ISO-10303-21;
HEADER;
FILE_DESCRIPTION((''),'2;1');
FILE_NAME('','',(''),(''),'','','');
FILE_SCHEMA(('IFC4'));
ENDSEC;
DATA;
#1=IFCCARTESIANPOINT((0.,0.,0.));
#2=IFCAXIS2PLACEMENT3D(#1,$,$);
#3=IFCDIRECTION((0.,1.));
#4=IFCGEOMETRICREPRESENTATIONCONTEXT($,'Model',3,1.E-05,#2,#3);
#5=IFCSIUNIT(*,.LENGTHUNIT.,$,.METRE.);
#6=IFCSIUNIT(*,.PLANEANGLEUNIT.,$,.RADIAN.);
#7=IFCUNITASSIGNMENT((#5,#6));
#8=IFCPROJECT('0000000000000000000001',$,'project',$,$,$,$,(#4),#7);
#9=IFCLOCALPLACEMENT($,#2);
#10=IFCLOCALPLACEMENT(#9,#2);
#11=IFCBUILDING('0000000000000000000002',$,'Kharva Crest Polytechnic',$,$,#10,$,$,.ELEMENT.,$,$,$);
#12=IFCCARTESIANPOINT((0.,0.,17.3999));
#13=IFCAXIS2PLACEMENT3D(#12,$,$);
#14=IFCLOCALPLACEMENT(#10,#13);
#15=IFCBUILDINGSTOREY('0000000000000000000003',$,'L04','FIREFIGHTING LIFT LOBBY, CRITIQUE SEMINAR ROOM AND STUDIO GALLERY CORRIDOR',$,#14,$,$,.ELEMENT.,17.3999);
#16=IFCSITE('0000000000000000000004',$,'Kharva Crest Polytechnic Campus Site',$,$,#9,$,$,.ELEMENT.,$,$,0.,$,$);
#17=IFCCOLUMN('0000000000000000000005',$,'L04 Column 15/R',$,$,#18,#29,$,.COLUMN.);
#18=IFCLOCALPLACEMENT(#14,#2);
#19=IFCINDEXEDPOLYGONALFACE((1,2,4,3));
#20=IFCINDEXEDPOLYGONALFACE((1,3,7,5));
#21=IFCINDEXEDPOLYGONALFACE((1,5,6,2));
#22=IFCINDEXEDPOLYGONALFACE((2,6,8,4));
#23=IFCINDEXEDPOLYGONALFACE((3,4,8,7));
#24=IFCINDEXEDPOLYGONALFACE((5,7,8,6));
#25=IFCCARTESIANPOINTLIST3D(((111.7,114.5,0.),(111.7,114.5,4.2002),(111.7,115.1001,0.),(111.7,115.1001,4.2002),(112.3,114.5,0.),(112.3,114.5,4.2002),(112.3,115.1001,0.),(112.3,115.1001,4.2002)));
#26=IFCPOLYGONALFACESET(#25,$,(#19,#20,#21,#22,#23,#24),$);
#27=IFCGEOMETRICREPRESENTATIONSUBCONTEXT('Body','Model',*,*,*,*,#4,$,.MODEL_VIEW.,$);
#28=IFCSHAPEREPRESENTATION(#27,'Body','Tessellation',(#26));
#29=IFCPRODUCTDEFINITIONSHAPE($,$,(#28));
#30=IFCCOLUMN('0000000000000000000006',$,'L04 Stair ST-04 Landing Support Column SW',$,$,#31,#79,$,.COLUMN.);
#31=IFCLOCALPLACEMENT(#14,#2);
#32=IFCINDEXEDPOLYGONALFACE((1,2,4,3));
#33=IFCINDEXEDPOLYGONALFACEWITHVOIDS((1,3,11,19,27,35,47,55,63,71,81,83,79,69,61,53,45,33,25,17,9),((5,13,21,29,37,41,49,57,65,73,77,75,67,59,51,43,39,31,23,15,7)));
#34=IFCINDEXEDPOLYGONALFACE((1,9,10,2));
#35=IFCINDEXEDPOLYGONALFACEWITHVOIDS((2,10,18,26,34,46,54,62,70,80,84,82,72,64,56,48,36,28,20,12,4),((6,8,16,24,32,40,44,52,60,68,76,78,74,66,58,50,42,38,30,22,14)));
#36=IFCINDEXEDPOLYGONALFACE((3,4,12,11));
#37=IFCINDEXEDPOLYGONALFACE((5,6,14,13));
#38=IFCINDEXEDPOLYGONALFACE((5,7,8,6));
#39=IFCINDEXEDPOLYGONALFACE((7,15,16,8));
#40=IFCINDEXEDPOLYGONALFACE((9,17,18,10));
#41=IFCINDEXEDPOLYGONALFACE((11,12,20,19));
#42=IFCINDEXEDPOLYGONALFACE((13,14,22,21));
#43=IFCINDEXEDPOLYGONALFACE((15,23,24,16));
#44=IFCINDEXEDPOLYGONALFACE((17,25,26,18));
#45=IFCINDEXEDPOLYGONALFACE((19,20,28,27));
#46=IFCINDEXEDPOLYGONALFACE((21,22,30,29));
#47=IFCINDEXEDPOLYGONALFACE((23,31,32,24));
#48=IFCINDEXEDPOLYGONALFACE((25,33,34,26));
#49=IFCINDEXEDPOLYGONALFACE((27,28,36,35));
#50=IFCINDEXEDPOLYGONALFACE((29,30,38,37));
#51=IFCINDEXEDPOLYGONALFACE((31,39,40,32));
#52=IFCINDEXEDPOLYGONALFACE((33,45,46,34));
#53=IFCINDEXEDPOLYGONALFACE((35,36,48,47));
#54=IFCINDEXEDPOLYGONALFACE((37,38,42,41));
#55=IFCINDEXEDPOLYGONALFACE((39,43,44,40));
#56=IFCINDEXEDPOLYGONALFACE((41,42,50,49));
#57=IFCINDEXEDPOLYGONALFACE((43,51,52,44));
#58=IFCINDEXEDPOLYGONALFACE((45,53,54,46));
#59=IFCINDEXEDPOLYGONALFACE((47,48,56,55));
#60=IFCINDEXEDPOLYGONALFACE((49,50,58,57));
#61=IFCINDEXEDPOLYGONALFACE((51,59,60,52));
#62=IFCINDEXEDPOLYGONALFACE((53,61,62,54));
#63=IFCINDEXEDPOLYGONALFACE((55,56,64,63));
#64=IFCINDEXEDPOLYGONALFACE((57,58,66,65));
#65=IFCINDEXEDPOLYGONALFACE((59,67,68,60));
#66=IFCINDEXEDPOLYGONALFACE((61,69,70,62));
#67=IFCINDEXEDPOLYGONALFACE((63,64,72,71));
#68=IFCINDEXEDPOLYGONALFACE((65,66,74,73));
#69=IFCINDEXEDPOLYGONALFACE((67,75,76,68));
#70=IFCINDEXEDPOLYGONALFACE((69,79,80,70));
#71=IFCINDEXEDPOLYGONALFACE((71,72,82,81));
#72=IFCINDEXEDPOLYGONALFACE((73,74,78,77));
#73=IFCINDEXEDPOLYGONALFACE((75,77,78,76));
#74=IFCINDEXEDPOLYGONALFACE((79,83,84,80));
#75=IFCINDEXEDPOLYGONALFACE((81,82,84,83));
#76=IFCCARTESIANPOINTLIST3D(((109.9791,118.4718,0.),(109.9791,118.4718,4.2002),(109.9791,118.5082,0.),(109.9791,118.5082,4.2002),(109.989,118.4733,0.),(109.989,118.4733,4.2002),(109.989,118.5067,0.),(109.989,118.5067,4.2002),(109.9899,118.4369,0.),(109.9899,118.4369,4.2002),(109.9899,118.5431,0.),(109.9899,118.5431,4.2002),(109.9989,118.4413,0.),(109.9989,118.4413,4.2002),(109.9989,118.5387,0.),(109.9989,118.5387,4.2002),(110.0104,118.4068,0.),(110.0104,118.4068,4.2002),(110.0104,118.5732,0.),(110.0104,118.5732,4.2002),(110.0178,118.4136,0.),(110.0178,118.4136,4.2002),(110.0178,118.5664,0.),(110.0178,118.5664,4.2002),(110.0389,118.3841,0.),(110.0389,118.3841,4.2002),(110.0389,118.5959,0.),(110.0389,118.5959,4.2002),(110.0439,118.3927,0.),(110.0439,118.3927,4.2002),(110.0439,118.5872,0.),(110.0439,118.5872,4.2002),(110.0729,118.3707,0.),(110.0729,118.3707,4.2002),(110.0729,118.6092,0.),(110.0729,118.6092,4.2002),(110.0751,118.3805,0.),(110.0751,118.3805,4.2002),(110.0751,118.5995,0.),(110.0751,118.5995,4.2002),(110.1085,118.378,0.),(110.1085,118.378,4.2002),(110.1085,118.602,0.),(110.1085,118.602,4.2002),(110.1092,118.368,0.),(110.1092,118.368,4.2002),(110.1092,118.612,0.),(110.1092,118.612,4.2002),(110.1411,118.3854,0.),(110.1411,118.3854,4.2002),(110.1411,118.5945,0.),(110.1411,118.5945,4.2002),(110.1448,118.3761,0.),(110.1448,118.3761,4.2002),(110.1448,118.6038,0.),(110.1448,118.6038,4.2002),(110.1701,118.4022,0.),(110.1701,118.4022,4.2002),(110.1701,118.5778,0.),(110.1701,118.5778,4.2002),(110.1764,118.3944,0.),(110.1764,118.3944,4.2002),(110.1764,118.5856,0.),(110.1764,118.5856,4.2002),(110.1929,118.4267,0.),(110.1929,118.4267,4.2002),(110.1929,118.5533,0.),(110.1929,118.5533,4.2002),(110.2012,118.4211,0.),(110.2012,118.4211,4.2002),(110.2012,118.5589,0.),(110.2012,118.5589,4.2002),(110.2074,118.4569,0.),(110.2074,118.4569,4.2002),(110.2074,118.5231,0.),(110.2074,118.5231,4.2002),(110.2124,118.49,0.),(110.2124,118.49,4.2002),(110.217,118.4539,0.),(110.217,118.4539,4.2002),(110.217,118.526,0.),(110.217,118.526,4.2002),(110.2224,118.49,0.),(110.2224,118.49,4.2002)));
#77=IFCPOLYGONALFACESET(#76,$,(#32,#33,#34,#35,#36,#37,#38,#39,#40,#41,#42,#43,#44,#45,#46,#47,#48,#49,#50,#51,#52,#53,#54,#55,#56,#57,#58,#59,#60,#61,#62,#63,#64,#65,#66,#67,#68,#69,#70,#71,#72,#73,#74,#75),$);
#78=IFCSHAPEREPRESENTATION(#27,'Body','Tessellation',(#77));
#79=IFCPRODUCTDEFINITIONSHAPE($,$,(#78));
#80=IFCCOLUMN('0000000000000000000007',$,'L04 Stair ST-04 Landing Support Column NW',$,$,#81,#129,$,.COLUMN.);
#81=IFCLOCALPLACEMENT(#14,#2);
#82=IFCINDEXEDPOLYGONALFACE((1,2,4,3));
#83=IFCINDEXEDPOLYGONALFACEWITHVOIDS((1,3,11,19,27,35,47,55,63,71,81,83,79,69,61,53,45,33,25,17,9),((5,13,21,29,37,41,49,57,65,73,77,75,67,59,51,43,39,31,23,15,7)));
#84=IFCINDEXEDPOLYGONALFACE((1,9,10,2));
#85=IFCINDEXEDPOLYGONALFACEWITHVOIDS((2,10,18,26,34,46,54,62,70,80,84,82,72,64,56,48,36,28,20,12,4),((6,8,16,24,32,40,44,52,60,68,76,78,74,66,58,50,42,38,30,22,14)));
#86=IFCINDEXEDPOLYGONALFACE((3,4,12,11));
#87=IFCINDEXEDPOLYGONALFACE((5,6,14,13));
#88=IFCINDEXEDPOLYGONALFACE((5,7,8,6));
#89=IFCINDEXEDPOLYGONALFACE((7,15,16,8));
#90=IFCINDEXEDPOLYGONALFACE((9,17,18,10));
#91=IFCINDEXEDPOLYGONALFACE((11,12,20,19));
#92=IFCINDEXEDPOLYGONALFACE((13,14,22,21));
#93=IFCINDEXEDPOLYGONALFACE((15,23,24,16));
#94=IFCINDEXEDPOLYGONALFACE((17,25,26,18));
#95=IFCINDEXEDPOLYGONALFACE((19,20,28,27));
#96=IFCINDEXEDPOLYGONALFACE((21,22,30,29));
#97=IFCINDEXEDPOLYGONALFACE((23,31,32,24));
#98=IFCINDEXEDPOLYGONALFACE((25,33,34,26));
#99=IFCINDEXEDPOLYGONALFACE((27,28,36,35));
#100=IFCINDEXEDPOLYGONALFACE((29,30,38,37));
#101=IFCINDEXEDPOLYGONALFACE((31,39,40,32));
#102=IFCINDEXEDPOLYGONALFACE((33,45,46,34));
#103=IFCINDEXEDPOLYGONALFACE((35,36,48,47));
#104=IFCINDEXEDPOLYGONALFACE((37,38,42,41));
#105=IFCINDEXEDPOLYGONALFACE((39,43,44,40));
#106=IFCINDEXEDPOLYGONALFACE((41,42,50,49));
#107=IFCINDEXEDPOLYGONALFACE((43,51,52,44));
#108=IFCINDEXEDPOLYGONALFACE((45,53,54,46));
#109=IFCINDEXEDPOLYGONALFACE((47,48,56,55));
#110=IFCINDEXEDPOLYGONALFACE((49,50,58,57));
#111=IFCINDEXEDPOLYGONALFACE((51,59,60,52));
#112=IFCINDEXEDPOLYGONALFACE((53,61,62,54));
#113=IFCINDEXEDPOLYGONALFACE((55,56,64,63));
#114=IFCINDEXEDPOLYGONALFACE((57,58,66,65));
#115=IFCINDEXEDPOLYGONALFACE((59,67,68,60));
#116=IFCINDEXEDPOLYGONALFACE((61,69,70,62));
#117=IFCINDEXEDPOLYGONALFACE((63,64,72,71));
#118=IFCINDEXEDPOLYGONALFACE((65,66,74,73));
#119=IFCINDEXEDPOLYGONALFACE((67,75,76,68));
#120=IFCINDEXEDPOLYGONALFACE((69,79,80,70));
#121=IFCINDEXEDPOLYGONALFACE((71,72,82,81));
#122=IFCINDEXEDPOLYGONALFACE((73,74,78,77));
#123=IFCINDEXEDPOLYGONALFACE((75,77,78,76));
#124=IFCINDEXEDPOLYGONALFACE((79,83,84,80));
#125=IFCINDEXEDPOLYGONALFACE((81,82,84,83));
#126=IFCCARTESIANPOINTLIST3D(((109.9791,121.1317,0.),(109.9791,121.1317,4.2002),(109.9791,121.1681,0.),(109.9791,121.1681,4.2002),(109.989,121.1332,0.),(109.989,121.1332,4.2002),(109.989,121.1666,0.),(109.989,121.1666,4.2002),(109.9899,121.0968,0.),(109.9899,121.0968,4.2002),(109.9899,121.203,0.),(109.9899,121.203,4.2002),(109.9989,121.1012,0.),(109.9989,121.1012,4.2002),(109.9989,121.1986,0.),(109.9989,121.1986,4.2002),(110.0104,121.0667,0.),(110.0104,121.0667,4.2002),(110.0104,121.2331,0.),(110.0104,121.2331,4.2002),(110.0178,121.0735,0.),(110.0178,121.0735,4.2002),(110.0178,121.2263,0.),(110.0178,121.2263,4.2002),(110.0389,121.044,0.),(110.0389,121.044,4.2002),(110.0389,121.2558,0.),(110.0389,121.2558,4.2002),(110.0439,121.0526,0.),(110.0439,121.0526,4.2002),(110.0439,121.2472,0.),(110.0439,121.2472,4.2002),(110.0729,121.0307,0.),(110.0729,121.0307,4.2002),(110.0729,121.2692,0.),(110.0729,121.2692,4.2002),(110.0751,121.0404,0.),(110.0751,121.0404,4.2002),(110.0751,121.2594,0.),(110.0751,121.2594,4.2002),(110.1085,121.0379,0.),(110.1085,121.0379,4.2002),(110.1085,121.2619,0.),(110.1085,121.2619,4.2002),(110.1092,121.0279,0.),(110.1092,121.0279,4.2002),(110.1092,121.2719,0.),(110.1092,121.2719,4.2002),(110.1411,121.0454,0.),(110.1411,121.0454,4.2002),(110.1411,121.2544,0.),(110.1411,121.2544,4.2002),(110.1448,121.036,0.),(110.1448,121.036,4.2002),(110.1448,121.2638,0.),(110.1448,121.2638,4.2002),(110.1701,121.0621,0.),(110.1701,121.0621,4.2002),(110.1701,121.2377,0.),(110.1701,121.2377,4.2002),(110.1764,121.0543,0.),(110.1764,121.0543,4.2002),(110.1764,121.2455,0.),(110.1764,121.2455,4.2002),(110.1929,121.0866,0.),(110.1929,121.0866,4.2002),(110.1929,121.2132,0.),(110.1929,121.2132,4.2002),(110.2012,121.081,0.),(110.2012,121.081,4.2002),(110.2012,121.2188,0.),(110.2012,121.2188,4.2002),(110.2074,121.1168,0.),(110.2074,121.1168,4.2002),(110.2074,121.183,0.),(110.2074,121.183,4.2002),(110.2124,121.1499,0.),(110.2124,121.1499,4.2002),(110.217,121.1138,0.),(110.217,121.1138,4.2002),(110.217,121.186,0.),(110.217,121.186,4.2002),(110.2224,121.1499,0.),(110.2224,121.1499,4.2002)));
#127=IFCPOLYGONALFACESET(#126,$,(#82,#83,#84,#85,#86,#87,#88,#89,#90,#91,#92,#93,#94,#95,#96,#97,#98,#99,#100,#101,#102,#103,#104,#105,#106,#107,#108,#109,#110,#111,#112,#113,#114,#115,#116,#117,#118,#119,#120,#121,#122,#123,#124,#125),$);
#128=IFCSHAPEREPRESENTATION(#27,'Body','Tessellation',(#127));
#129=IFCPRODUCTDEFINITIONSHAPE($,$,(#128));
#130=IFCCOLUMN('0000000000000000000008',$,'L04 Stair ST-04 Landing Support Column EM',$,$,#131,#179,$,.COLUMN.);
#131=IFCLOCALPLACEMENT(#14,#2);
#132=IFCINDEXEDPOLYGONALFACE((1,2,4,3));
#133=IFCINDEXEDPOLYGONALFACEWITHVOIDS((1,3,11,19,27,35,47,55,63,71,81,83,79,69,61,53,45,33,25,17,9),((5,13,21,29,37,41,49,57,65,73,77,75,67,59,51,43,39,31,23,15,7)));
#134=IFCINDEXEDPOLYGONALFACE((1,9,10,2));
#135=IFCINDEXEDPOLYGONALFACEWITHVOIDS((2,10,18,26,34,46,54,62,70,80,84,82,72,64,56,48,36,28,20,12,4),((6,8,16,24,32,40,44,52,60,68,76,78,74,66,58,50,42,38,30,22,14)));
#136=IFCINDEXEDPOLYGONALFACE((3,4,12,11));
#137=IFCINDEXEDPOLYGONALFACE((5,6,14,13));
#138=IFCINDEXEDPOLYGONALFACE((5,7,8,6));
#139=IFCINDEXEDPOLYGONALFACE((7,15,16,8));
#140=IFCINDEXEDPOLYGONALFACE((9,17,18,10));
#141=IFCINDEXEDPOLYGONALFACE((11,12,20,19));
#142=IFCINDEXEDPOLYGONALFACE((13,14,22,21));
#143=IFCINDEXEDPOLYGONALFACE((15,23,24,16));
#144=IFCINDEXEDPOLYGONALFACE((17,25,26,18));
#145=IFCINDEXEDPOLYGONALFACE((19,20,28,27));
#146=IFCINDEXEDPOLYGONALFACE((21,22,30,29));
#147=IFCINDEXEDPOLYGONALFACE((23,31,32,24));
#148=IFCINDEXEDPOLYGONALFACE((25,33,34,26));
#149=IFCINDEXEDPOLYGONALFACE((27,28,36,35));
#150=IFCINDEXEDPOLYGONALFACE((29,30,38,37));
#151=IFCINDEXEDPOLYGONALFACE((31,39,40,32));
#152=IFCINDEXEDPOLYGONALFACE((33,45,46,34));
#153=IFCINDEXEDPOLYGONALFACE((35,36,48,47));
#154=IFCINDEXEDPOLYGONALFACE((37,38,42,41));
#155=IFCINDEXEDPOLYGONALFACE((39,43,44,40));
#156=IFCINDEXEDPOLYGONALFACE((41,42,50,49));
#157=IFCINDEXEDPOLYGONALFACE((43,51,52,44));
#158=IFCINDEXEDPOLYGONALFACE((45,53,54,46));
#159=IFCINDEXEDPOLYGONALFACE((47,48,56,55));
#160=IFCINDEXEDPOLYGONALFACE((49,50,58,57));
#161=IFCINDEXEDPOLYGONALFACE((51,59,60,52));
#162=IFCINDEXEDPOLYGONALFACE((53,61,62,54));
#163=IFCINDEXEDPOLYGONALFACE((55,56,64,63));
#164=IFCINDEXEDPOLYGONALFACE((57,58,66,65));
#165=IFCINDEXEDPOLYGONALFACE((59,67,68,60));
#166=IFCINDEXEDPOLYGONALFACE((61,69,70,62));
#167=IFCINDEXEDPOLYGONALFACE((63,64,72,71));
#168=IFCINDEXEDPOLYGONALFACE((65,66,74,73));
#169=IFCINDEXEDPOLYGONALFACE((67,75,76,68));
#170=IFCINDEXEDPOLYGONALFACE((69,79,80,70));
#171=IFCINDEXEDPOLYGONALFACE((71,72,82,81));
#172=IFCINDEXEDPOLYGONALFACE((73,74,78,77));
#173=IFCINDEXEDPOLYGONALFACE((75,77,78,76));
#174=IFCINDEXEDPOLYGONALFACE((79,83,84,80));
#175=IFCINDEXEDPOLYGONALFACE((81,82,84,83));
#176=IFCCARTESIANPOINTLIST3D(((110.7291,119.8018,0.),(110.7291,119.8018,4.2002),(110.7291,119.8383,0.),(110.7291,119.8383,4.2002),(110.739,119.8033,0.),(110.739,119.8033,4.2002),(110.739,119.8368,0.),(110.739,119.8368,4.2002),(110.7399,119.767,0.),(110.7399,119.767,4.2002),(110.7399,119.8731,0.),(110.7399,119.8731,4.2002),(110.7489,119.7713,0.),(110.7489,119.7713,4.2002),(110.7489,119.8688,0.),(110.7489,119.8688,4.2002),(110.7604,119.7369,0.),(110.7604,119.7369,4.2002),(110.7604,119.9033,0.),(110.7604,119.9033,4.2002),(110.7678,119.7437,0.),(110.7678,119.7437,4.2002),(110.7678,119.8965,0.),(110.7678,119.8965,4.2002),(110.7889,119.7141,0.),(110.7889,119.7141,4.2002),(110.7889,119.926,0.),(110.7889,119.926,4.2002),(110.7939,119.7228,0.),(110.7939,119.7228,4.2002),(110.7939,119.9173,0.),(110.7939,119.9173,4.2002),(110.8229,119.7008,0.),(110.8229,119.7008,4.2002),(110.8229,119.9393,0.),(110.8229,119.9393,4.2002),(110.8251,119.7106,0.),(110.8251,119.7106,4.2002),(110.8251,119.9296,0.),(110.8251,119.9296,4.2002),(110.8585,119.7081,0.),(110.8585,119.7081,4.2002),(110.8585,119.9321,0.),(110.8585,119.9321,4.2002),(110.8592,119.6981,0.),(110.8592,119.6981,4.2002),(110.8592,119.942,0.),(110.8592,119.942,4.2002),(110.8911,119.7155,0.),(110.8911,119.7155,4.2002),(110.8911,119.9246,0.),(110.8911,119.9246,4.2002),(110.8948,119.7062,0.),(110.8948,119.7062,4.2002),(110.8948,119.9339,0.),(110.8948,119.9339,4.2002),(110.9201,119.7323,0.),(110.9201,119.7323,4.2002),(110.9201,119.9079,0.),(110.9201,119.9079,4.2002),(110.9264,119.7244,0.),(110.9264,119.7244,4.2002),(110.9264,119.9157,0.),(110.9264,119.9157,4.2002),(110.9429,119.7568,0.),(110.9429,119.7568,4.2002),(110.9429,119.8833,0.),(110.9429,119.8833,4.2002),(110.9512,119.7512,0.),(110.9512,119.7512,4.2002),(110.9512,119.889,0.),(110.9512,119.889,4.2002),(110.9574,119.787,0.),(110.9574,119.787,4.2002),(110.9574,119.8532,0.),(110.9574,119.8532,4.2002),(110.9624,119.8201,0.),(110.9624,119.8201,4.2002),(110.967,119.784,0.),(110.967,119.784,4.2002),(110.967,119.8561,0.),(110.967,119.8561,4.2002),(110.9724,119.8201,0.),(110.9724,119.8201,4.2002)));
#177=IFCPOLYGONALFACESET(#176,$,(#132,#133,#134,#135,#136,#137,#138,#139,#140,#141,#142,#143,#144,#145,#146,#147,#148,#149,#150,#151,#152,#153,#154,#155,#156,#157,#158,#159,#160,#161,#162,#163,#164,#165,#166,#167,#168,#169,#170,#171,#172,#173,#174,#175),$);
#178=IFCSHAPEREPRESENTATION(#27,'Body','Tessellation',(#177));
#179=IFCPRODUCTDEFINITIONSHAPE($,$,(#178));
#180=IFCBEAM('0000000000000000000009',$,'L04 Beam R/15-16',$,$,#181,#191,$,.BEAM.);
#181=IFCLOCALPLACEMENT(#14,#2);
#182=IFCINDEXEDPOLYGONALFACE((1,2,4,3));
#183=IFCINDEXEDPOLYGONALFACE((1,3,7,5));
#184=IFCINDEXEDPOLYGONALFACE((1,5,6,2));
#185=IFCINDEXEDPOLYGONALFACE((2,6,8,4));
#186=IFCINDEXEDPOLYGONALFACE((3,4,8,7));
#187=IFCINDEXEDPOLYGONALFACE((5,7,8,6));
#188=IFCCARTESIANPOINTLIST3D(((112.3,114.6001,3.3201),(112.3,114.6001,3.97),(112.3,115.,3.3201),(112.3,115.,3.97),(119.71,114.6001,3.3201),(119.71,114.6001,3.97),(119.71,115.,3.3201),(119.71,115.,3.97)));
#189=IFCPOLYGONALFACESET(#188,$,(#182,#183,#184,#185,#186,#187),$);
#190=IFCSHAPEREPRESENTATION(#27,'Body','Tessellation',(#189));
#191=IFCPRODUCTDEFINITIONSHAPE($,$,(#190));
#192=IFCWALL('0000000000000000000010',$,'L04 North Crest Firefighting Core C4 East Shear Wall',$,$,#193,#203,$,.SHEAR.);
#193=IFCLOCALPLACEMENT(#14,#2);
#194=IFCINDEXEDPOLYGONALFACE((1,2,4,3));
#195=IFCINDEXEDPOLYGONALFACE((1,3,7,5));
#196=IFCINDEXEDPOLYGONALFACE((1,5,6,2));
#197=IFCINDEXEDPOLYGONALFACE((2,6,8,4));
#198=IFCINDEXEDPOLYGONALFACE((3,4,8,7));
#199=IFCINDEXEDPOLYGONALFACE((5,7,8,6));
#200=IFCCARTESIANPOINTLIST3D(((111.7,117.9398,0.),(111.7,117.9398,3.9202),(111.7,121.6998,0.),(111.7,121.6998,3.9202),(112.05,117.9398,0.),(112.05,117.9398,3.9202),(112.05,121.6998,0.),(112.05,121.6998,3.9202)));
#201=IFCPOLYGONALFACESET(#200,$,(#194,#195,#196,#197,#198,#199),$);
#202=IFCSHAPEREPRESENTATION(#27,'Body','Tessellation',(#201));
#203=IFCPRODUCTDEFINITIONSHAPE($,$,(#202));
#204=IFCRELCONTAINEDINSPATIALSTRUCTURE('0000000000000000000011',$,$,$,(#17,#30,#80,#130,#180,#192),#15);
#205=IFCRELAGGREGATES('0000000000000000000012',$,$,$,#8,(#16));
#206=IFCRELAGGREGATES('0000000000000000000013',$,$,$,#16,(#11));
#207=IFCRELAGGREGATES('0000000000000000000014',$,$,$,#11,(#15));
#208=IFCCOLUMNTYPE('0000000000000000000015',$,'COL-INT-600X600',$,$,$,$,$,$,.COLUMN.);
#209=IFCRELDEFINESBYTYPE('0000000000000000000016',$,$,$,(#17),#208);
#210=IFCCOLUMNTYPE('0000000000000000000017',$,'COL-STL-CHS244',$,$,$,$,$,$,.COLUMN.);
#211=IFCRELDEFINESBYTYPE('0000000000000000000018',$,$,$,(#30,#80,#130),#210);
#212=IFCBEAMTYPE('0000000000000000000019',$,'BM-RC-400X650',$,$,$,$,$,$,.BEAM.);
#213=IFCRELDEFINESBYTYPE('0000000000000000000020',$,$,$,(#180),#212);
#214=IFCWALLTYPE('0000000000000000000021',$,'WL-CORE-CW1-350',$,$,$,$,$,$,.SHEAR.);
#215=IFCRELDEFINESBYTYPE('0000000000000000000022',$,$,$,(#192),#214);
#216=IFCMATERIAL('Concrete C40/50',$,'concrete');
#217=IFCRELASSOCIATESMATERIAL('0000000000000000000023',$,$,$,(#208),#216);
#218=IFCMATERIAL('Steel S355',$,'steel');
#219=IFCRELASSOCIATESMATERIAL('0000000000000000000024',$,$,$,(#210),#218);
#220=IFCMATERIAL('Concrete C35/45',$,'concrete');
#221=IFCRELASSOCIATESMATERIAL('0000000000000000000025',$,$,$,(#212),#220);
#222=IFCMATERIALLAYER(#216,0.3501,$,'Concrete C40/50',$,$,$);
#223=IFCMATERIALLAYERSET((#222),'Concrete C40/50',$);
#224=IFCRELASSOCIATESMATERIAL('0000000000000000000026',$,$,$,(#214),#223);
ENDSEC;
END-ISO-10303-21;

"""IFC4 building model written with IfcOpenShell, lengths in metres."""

from ifc_helpers import new_model, si_unit, direction, frame, frame_2d, origin, origin_2d, place, context, subcontext, project, spatial, rectangle, hollow_circle, extrude, material, layer, layer_set, material_profile, profile_set, type_object, element, save


model = new_model("IFC4")

# Units and contexts
model_context = context("Model", 3, precision=1e-05, world=origin(), true_north=direction((0.0, 1.0)))
body_context = subcontext(model_context, "Body", "Model", "MODEL_VIEW")
ifc_project = project(units=[si_unit("LENGTHUNIT", "METRE"), si_unit("PLANEANGLEUNIT", "RADIAN")], contexts=[model_context])

# Site, building, storey
site_placement = place(None, origin())
site = spatial("IfcSite", under=ifc_project, at=site_placement, Name="Kharva Crest Polytechnic Campus Site", CompositionType="ELEMENT", RefElevation=0.0)
building_placement = place(site_placement, origin())
building = spatial("IfcBuilding", under=site, at=building_placement, Name="Kharva Crest Polytechnic", CompositionType="ELEMENT")
storey_placement = place(building_placement, frame((0.0, 0.0, 17.3999)))
storey = spatial("IfcBuildingStorey", under=building, at=storey_placement, Name="L04", Description="FIREFIGHTING LIFT LOBBY, CRITIQUE SEMINAR ROOM AND STUDIO GALLERY CORRIDOR", CompositionType="ELEMENT", Elevation=17.3999)

# Columns
ifc_material_1 = material(Name="Concrete C40/50", Category="concrete")
ifc_material_profile_1 = material_profile(ifc_material_1, rectangle(XDim=0.6001, YDim=0.6001, at=origin_2d()), Name="RECT 600 X 600")
ifc_profile_set_1 = profile_set([ifc_material_profile_1], Name="Concrete C40/50")
column_type_1 = type_object("IfcColumnType", Name="COL-INT-600X600", PredefinedType="COLUMN", material=ifc_profile_set_1)
column_placement = place(storey_placement, frame((112.0, 114.8, 0.0), z_axis=(0.0, 0.0, 1.0), x_axis=(1.0, 0.0, 0.0)))
element("IfcColumn", 1, at=column_placement, inside=storey, type_object=column_type_1, Name="L04 Column 15/R", PredefinedType="COLUMN", context=body_context, shape_type="SweptSolid", body=[
    extrude(rectangle(XDim=0.6001, YDim=0.6001, at=origin_2d()), origin(), (0.0, 0.0, 1.0), 4.2002),
])
ifc_material_2 = material(Name="Steel S355", Category="steel")
ifc_material_profile_2 = material_profile(ifc_material_2, hollow_circle(Radius=0.1223, WallThickness=0.01, at=origin_2d()), Name="CHS 244.5X10.0")
ifc_profile_set_2 = profile_set([ifc_material_profile_2], Name="Steel S355")
column_type_2 = type_object("IfcColumnType", Name="COL-STL-CHS244", PredefinedType="COLUMN", material=ifc_profile_set_2)
for number, where, z_axis, x_axis, name in (
    (2, (110.1001, 118.49, 0.0), (0.0, 0.0, 1.0), (1.0, 0.0, 0.0), "L04 Stair ST-04 Landing Support Column SW"),
    (3, (110.1001, 121.1499, 0.0), (0.0, 0.0, 1.0), (1.0, 0.0, 0.0), "L04 Stair ST-04 Landing Support Column NW"),
    (4, (110.8501, 119.8201, 0.0), (0.0, 0.0, 1.0), (1.0, 0.0, 0.0), "L04 Stair ST-04 Landing Support Column EM"),
):
    element("IfcColumn", number, at=place(storey_placement, frame(where, z_axis=z_axis, x_axis=x_axis)), inside=storey, type_object=column_type_2, Name=name, PredefinedType="COLUMN", context=body_context, shape_type="SweptSolid", body=[
        extrude(hollow_circle(Radius=0.1223, WallThickness=0.01, at=origin_2d()), origin(), (0.0, 0.0, 1.0), 4.2002),
    ])

# Beam
ifc_material_3 = material(Name="Concrete C35/45", Category="concrete")
ifc_material_profile_3 = material_profile(ifc_material_3, rectangle(XDim=0.3999, YDim=0.6499, at=origin_2d()), Name="RECT 400 X 650")
ifc_profile_set_3 = profile_set([ifc_material_profile_3], Name="Concrete C35/45")
beam_type = type_object("IfcBeamType", Name="BM-RC-400X650", PredefinedType="BEAM", material=ifc_profile_set_3)
beam_placement = place(storey_placement, frame((112.3, 114.8, 3.645), z_axis=(1.0, 0.0, 0.0), x_axis=(0.0, 1.0, 0.0)))
element("IfcBeam", 5, at=beam_placement, inside=storey, type_object=beam_type, Name="L04 Beam R/15-16", PredefinedType="BEAM", context=body_context, shape_type="SweptSolid", body=[
    extrude(rectangle(XDim=0.3999, YDim=0.6499, at=origin_2d()), origin(), (0.0, 0.0, 1.0), 7.4099),
])

# Wall
ifc_layer_1 = layer(ifc_material_1, 0.3501, Name="Concrete C40/50")
ifc_layer_set_1 = layer_set([ifc_layer_1], Name="Concrete C40/50")
wall_type_1 = type_object("IfcWallType", Name="WL-CORE-CW1-350", PredefinedType="SHEAR", material=ifc_layer_set_1)
wall_1_placement = place(storey_placement, frame((111.875, 117.9399, 0.0), z_axis=(0.0, 0.0, 1.0), x_axis=(0.0, 1.0, 0.0)))
element("IfcWall", 6, at=wall_1_placement, inside=storey, type_object=wall_type_1, Name="L04 North Crest Firefighting Core C4 East Shear Wall", PredefinedType="SHEAR", context=body_context, shape_type="SweptSolid", body=[
    extrude(rectangle(XDim=3.76, YDim=0.3501, at=frame_2d((1.8799, 0.0))), origin(), (0.0, 0.0, 1.0), 3.9202),
])

save(model, "model.ifc")
